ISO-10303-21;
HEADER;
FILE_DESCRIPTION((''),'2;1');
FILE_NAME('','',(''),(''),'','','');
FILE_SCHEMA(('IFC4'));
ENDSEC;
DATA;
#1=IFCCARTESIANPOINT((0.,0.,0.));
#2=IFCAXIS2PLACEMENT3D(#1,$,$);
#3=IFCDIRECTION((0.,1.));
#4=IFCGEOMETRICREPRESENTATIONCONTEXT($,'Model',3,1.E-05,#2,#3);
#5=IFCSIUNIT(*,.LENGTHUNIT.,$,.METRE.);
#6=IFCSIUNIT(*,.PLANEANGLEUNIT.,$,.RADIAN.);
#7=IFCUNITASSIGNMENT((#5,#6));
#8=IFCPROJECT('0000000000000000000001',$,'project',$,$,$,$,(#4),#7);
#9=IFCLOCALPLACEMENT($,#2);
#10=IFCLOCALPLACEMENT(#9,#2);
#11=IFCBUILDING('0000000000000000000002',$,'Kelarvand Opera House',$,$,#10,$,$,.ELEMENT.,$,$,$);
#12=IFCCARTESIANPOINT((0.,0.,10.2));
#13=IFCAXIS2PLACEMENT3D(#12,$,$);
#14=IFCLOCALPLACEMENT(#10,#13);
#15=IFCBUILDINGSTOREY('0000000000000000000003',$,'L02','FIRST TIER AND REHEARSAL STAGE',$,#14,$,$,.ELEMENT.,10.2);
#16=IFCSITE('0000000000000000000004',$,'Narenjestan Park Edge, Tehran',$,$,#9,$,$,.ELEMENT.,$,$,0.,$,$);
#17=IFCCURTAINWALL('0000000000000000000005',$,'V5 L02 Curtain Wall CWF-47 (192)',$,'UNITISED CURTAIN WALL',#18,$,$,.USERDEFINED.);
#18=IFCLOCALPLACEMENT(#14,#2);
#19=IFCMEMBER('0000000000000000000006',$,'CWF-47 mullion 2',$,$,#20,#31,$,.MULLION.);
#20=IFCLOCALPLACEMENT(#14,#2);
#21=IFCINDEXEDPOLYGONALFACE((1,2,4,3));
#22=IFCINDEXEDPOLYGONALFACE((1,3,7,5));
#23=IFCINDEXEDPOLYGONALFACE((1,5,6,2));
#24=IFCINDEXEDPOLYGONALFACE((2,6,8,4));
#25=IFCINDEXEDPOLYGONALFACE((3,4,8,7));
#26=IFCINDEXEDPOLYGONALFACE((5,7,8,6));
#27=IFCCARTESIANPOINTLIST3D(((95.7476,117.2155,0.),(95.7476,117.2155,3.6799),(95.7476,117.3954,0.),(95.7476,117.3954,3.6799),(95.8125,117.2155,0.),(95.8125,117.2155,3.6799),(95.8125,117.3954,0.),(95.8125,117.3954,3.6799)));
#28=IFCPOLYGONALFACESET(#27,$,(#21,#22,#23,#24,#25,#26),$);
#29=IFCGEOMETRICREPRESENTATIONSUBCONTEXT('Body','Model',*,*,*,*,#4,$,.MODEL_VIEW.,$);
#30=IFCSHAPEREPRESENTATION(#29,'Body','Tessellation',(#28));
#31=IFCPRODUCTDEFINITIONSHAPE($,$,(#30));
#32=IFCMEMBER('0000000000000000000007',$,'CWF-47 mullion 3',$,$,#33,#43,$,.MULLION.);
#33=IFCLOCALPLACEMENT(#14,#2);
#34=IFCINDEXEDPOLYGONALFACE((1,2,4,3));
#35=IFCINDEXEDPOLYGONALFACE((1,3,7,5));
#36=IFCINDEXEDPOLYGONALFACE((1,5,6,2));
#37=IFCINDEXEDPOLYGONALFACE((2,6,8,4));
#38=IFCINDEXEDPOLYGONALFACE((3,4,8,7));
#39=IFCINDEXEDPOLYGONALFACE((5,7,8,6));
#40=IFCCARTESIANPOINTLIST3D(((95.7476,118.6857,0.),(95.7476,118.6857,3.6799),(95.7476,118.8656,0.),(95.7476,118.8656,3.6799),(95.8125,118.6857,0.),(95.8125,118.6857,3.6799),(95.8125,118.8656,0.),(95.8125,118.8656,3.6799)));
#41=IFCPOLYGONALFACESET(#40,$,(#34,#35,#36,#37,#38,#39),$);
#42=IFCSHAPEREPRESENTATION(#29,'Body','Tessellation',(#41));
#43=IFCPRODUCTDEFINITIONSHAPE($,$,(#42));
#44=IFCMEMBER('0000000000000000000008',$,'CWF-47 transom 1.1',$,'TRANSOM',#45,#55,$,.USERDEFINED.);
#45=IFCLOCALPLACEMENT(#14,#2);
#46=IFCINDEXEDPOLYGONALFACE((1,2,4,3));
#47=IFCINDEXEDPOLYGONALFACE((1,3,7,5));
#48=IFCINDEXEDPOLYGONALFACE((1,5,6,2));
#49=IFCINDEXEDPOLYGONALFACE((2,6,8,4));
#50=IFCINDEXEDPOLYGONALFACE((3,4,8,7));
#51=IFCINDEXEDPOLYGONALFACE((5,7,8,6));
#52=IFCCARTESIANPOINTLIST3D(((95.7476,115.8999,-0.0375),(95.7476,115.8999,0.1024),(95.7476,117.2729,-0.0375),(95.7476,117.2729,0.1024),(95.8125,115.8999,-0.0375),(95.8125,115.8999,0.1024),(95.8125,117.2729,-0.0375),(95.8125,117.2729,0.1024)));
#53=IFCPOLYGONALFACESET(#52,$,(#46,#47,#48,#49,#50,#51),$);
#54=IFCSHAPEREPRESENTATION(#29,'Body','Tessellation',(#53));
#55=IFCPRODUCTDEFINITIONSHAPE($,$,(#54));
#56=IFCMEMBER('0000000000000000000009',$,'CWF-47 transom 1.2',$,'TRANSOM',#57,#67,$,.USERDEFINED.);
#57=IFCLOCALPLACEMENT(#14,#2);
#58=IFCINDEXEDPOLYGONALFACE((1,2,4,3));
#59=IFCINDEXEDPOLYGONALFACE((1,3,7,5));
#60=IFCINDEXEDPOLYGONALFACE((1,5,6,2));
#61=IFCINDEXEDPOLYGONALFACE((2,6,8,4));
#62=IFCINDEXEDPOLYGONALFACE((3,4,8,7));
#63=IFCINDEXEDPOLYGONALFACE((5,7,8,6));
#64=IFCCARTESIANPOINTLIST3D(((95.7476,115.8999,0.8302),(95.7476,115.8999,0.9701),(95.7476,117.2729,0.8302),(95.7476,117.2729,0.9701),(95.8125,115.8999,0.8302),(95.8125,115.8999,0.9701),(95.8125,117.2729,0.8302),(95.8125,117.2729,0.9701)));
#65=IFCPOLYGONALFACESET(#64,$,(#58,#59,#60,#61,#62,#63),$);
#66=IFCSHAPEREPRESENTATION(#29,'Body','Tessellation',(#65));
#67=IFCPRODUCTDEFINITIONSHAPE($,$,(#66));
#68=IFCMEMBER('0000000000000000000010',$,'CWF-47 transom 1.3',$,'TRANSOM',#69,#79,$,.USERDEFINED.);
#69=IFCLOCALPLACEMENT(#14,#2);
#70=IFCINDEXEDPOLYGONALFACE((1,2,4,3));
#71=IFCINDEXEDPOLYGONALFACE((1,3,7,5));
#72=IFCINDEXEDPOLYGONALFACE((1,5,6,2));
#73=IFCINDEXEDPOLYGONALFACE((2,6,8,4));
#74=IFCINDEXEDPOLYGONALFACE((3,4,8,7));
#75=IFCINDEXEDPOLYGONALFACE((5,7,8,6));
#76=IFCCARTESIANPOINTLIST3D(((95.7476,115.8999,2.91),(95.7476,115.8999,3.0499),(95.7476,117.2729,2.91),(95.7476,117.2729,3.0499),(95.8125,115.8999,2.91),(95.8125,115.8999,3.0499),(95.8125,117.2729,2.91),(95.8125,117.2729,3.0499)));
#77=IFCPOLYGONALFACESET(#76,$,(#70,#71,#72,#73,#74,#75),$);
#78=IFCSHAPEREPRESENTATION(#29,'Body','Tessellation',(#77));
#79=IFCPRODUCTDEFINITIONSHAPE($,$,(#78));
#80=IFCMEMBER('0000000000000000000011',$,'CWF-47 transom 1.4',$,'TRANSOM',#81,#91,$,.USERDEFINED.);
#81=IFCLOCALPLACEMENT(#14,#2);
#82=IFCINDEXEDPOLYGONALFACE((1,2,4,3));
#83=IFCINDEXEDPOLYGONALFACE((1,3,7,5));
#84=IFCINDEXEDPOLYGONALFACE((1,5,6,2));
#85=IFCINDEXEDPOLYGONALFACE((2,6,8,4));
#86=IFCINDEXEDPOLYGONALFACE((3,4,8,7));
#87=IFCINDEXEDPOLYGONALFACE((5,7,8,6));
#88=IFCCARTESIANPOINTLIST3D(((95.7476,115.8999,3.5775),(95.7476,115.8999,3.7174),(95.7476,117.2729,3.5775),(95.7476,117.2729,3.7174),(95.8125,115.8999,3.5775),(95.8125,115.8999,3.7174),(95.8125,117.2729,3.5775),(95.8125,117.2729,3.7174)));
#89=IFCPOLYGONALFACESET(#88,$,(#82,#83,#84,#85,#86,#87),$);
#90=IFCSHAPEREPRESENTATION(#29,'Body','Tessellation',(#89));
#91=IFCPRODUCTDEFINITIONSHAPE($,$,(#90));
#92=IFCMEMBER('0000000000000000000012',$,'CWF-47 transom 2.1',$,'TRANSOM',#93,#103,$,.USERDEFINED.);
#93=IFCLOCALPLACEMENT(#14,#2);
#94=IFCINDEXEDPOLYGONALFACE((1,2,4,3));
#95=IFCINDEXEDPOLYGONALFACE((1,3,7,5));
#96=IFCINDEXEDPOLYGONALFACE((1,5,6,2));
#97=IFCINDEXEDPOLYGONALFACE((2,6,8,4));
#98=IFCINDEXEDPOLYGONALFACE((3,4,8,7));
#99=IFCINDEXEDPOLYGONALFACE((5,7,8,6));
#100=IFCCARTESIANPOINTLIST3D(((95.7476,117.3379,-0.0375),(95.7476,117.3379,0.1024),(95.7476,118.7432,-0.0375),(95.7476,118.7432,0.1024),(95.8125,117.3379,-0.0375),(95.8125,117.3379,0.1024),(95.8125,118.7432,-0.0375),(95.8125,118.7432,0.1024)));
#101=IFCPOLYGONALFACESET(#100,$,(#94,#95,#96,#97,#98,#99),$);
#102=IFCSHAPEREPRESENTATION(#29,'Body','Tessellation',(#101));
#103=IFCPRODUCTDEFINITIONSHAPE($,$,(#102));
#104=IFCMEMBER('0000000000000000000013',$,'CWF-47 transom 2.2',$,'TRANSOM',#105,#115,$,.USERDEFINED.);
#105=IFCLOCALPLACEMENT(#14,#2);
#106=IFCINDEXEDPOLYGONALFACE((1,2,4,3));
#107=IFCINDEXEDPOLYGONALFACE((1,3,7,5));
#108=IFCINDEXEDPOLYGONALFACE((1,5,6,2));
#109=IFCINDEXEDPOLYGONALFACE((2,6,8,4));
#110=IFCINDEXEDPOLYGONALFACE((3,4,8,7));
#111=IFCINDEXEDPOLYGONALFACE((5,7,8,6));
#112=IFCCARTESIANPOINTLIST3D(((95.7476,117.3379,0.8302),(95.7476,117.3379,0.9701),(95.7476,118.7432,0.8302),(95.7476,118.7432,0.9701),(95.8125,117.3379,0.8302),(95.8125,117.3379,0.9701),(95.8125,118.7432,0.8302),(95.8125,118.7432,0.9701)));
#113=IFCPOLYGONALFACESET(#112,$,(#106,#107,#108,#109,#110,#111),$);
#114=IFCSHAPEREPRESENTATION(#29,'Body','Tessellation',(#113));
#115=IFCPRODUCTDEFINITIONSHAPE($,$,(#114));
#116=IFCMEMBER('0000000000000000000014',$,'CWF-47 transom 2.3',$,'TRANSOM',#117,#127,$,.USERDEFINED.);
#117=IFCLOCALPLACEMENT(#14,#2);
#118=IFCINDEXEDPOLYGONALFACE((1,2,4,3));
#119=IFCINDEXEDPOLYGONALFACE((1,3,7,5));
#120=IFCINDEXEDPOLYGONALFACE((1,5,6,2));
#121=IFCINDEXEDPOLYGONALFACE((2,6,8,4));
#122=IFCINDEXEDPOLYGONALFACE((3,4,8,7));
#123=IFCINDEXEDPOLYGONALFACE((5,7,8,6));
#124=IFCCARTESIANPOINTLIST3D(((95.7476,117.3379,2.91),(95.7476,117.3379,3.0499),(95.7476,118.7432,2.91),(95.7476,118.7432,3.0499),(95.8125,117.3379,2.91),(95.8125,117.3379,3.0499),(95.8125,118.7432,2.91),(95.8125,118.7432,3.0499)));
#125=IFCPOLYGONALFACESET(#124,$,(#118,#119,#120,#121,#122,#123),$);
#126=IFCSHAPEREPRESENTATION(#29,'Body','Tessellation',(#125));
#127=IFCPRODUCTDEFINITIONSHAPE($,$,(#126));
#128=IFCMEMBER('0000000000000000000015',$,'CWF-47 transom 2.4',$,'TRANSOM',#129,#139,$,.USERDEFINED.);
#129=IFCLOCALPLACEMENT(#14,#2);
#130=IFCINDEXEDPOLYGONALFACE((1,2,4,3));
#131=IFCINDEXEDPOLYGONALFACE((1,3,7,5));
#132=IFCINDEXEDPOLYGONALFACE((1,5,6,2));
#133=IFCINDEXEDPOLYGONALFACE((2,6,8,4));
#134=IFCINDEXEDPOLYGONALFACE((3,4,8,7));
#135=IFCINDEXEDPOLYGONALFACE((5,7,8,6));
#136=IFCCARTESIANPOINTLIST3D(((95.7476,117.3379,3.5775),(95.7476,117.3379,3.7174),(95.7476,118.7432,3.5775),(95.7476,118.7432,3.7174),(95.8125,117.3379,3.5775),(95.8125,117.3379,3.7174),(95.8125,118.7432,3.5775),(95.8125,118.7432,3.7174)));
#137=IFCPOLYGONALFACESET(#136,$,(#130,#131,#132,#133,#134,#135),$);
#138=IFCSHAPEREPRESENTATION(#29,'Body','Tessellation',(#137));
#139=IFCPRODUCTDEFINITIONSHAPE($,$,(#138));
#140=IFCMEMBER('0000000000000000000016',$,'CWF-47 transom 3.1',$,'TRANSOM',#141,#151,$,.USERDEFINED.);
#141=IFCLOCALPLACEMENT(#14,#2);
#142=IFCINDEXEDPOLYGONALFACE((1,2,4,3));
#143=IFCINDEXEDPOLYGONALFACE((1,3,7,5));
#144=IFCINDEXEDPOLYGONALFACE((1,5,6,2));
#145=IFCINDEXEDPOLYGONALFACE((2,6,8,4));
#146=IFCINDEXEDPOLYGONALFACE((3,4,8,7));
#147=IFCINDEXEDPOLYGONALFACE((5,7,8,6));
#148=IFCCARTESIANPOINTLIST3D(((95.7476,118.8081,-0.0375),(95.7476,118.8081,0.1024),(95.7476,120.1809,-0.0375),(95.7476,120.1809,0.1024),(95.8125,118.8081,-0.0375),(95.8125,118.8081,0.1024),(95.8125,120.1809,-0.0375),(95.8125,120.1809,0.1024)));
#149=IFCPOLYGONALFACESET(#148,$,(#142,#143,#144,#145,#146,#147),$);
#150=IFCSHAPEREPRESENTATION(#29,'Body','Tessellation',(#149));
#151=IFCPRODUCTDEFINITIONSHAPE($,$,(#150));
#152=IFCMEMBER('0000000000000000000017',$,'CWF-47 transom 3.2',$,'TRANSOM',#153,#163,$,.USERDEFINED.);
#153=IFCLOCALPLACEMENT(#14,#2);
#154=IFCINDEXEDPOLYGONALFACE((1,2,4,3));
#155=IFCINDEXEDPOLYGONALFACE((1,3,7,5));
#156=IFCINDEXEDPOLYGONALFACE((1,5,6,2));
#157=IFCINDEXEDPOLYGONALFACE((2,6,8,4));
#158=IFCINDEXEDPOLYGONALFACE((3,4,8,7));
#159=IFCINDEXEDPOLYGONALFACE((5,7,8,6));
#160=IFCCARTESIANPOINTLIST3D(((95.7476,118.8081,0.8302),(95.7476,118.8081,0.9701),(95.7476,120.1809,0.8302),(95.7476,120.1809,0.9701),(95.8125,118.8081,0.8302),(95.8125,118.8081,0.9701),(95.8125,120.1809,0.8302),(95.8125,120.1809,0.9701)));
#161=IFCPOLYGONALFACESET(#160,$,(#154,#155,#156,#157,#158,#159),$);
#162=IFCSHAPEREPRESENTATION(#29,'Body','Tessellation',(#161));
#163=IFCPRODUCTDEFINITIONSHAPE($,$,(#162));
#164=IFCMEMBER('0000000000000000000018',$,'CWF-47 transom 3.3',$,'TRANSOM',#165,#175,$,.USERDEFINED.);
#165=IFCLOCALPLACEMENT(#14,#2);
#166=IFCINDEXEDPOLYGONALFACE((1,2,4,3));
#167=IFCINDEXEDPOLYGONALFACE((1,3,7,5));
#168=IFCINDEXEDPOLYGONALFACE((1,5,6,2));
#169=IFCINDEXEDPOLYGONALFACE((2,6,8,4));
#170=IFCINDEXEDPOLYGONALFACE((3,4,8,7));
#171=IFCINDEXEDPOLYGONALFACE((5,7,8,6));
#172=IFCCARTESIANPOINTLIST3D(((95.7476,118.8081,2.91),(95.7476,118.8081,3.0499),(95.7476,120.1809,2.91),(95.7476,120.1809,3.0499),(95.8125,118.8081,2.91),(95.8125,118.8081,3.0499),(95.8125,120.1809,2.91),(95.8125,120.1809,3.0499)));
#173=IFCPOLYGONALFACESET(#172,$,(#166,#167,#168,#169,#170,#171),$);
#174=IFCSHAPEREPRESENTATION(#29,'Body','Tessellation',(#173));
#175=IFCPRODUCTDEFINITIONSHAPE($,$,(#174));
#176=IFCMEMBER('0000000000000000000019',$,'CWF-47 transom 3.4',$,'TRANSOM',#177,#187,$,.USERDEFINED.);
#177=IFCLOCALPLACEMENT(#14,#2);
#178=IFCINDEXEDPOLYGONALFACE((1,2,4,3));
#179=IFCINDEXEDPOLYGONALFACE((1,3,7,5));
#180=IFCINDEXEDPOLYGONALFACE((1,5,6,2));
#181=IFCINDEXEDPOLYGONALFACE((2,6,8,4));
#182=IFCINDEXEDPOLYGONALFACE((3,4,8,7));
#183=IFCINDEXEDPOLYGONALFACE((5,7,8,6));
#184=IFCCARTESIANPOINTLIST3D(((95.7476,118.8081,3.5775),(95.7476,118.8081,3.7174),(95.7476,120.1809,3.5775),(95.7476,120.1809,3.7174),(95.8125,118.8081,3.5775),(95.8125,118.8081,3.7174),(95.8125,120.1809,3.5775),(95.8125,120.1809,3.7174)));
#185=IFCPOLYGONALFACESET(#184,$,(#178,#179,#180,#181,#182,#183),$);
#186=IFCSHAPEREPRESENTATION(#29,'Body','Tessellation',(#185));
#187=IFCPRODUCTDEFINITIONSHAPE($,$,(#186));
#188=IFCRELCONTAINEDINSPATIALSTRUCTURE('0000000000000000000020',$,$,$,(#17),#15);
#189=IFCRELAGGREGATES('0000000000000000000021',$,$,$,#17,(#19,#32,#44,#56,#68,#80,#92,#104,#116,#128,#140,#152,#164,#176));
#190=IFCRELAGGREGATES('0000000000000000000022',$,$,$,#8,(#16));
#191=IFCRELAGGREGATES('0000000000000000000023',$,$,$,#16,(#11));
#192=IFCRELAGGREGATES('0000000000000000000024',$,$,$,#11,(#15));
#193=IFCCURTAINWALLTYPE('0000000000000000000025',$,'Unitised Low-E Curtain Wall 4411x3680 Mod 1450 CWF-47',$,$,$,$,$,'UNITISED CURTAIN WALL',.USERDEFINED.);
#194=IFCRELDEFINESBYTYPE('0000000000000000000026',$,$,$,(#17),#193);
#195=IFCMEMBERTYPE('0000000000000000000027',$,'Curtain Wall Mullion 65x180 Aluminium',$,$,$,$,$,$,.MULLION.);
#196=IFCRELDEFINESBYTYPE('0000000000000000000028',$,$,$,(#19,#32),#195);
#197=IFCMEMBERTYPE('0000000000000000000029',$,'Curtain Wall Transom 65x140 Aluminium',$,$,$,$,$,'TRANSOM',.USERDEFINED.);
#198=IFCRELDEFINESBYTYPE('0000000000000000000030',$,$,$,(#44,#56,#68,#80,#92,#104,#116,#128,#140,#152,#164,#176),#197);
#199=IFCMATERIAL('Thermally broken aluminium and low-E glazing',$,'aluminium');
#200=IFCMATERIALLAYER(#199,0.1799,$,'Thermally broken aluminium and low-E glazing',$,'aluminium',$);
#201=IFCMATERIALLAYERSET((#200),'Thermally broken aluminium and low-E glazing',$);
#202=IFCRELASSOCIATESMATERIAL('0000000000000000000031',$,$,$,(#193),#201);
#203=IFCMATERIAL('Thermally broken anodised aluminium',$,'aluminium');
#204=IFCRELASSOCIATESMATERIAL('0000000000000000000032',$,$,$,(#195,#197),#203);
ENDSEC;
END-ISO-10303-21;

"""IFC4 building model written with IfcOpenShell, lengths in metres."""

from ifc_helpers import new_model, si_unit, direction, frame, origin, origin_2d, place, context, subcontext, project, spatial, rectangle, extrude, material, layer, layer_set, material_profile, profile_set, type_object, element, aggregate, save


model = new_model("IFC4")

# Units and contexts
model_context = context("Model", 3, precision=1e-05, world=origin(), true_north=direction((0.0, 1.0)))
body_context = subcontext(model_context, "Body", "Model", "MODEL_VIEW")
ifc_project = project(units=[si_unit("LENGTHUNIT", "METRE"), si_unit("PLANEANGLEUNIT", "RADIAN")], contexts=[model_context])

# Site, building, storey
site_placement = place(None, origin())
site = spatial("IfcSite", under=ifc_project, at=site_placement, Name="Narenjestan Park Edge, Tehran", CompositionType="ELEMENT", RefElevation=0.0)
building_placement = place(site_placement, origin())
building = spatial("IfcBuilding", under=site, at=building_placement, Name="Kelarvand Opera House", CompositionType="ELEMENT")
storey_placement = place(building_placement, frame((0.0, 0.0, 10.2)))
storey = spatial("IfcBuildingStorey", under=building, at=storey_placement, Name="L02", Description="FIRST TIER AND REHEARSAL STAGE", CompositionType="ELEMENT", Elevation=10.2)

# Curtain wall, members
ifc_material_1 = material(Name="Thermally broken aluminium and low-E glazing", Category="aluminium")
ifc_layer_1 = layer(ifc_material_1, 0.1799, Name="Thermally broken aluminium and low-E glazing", Category="aluminium")
ifc_layer_set_1 = layer_set([ifc_layer_1], Name="Thermally broken aluminium and low-E glazing")
curtain_wall_type = type_object("IfcCurtainWallType", Name="Unitised Low-E Curtain Wall 4411x3680 Mod 1450 CWF-47", ElementType="UNITISED CURTAIN WALL", PredefinedType="USERDEFINED", material=ifc_layer_set_1)
curtain_wall_placement = place(storey_placement, origin())
curtain_wall = element("IfcCurtainWall", 1, at=curtain_wall_placement, inside=storey, type_object=curtain_wall_type, Name="V5 L02 Curtain Wall CWF-47 (192)", ObjectType="UNITISED CURTAIN WALL", PredefinedType="USERDEFINED")
ifc_material_2 = material(Name="Thermally broken anodised aluminium", Category="aluminium")
ifc_material_profile_1 = material_profile(ifc_material_2, rectangle(XDim=0.0649, YDim=0.1799, at=origin_2d()), Name="ALU MULLION 65x180", Category="aluminium")
ifc_profile_set_1 = profile_set([ifc_material_profile_1], Name="Thermally broken anodised aluminium")
member_type_1 = type_object("IfcMemberType", Name="Curtain Wall Mullion 65x180 Aluminium", PredefinedType="MULLION", material=ifc_profile_set_1)
member_1_placement = place(storey_placement, frame((95.78, 117.3054, 0.0), z_axis=(0.0, 0.0, 1.0), x_axis=(-1.0, 0.0, 0.0)))
member_1 = element("IfcMember", 2, at=member_1_placement, type_object=member_type_1, Name="CWF-47 mullion 2", PredefinedType="MULLION", context=body_context, shape_type="SweptSolid", body=[
    extrude(rectangle(XDim=0.0649, YDim=0.1799, at=origin_2d()), origin(), (0.0, 0.0, 1.0), 3.6799),
])
member_2_placement = place(storey_placement, frame((95.78, 118.7756, 0.0), z_axis=(0.0, 0.0, 1.0), x_axis=(-1.0, 0.0, 0.0)))
member_2 = element("IfcMember", 3, at=member_2_placement, type_object=member_type_1, Name="CWF-47 mullion 3", PredefinedType="MULLION", context=body_context, shape_type="SweptSolid", body=[
    extrude(rectangle(XDim=0.0649, YDim=0.1799, at=origin_2d()), origin(), (0.0, 0.0, 1.0), 3.6799),
])
ifc_material_profile_2 = material_profile(ifc_material_2, rectangle(XDim=0.0649, YDim=0.1399, at=origin_2d()), Name="ALU TRANSOM 65x140", Category="aluminium")
ifc_profile_set_2 = profile_set([ifc_material_profile_2], Name="Thermally broken anodised aluminium")
member_type_2 = type_object("IfcMemberType", Name="Curtain Wall Transom 65x140 Aluminium", ElementType="TRANSOM", PredefinedType="USERDEFINED", material=ifc_profile_set_2)
member_3_placement = place(storey_placement, frame((95.78, 115.8999, 0.0325), z_axis=(0.0, 1.0, 0.0), x_axis=(-1.0, 0.0, 0.0)))
member_3 = element("IfcMember", 4, at=member_3_placement, type_object=member_type_2, Name="CWF-47 transom 1.1", ObjectType="TRANSOM", PredefinedType="USERDEFINED", context=body_context, shape_type="SweptSolid", body=[
    extrude(rectangle(XDim=0.0649, YDim=0.1399, at=origin_2d()), origin(), (0.0, 0.0, 1.0), 1.373),
])
member_4_placement = place(storey_placement, frame((95.78, 115.8999, 0.9001), z_axis=(0.0, 1.0, 0.0), x_axis=(-1.0, 0.0, 0.0)))
member_4 = element("IfcMember", 5, at=member_4_placement, type_object=member_type_2, Name="CWF-47 transom 1.2", ObjectType="TRANSOM", PredefinedType="USERDEFINED", context=body_context, shape_type="SweptSolid", body=[
    extrude(rectangle(XDim=0.0649, YDim=0.1399, at=origin_2d()), origin(), (0.0, 0.0, 1.0), 1.373),
])
member_5_placement = place(storey_placement, frame((95.78, 115.8999, 2.98), z_axis=(0.0, 1.0, 0.0), x_axis=(-1.0, 0.0, 0.0)))
member_5 = element("IfcMember", 6, at=member_5_placement, type_object=member_type_2, Name="CWF-47 transom 1.3", ObjectType="TRANSOM", PredefinedType="USERDEFINED", context=body_context, shape_type="SweptSolid", body=[
    extrude(rectangle(XDim=0.0649, YDim=0.1399, at=origin_2d()), origin(), (0.0, 0.0, 1.0), 1.373),
])
member_6_placement = place(storey_placement, frame((95.78, 115.8999, 3.6475), z_axis=(0.0, 1.0, 0.0), x_axis=(-1.0, 0.0, 0.0)))
member_6 = element("IfcMember", 7, at=member_6_placement, type_object=member_type_2, Name="CWF-47 transom 1.4", ObjectType="TRANSOM", PredefinedType="USERDEFINED", context=body_context, shape_type="SweptSolid", body=[
    extrude(rectangle(XDim=0.0649, YDim=0.1399, at=origin_2d()), origin(), (0.0, 0.0, 1.0), 1.373),
])
member_7_placement = place(storey_placement, frame((95.78, 117.3379, 0.0325), z_axis=(0.0, 1.0, 0.0), x_axis=(-1.0, 0.0, 0.0)))
member_7 = element("IfcMember", 8, at=member_7_placement, type_object=member_type_2, Name="CWF-47 transom 2.1", ObjectType="TRANSOM", PredefinedType="USERDEFINED", context=body_context, shape_type="SweptSolid", body=[
    extrude(rectangle(XDim=0.0649, YDim=0.1399, at=origin_2d()), origin(), (0.0, 0.0, 1.0), 1.4053),
])
member_8_placement = place(storey_placement, frame((95.78, 117.3379, 0.9001), z_axis=(0.0, 1.0, 0.0), x_axis=(-1.0, 0.0, 0.0)))
member_8 = element("IfcMember", 9, at=member_8_placement, type_object=member_type_2, Name="CWF-47 transom 2.2", ObjectType="TRANSOM", PredefinedType="USERDEFINED", context=body_context, shape_type="SweptSolid", body=[
    extrude(rectangle(XDim=0.0649, YDim=0.1399, at=origin_2d()), origin(), (0.0, 0.0, 1.0), 1.4053),
])
member_9_placement = place(storey_placement, frame((95.78, 117.3379, 2.98), z_axis=(0.0, 1.0, 0.0), x_axis=(-1.0, 0.0, 0.0)))
member_9 = element("IfcMember", 10, at=member_9_placement, type_object=member_type_2, Name="CWF-47 transom 2.3", ObjectType="TRANSOM", PredefinedType="USERDEFINED", context=body_context, shape_type="SweptSolid", body=[
    extrude(rectangle(XDim=0.0649, YDim=0.1399, at=origin_2d()), origin(), (0.0, 0.0, 1.0), 1.4053),
])
member_10_placement = place(storey_placement, frame((95.78, 117.3379, 3.6475), z_axis=(0.0, 1.0, 0.0), x_axis=(-1.0, 0.0, 0.0)))
member_10 = element("IfcMember", 11, at=member_10_placement, type_object=member_type_2, Name="CWF-47 transom 2.4", ObjectType="TRANSOM", PredefinedType="USERDEFINED", context=body_context, shape_type="SweptSolid", body=[
    extrude(rectangle(XDim=0.0649, YDim=0.1399, at=origin_2d()), origin(), (0.0, 0.0, 1.0), 1.4053),
])
member_11_placement = place(storey_placement, frame((95.78, 118.8081, 0.0325), z_axis=(0.0, 1.0, 0.0), x_axis=(-1.0, 0.0, 0.0)))
member_11 = element("IfcMember", 12, at=member_11_placement, type_object=member_type_2, Name="CWF-47 transom 3.1", ObjectType="TRANSOM", PredefinedType="USERDEFINED", context=body_context, shape_type="SweptSolid", body=[
    extrude(rectangle(XDim=0.0649, YDim=0.1399, at=origin_2d()), origin(), (0.0, 0.0, 1.0), 1.3728),
])
member_12_placement = place(storey_placement, frame((95.78, 118.8081, 0.9001), z_axis=(0.0, 1.0, 0.0), x_axis=(-1.0, 0.0, 0.0)))
member_12 = element("IfcMember", 13, at=member_12_placement, type_object=member_type_2, Name="CWF-47 transom 3.2", ObjectType="TRANSOM", PredefinedType="USERDEFINED", context=body_context, shape_type="SweptSolid", body=[
    extrude(rectangle(XDim=0.0649, YDim=0.1399, at=origin_2d()), origin(), (0.0, 0.0, 1.0), 1.3728),
])
member_13_placement = place(storey_placement, frame((95.78, 118.8081, 2.98), z_axis=(0.0, 1.0, 0.0), x_axis=(-1.0, 0.0, 0.0)))
member_13 = element("IfcMember", 14, at=member_13_placement, type_object=member_type_2, Name="CWF-47 transom 3.3", ObjectType="TRANSOM", PredefinedType="USERDEFINED", context=body_context, shape_type="SweptSolid", body=[
    extrude(rectangle(XDim=0.0649, YDim=0.1399, at=origin_2d()), origin(), (0.0, 0.0, 1.0), 1.3728),
])
member_14_placement = place(storey_placement, frame((95.78, 118.8081, 3.6475), z_axis=(0.0, 1.0, 0.0), x_axis=(-1.0, 0.0, 0.0)))
member_14 = element("IfcMember", 15, at=member_14_placement, type_object=member_type_2, Name="CWF-47 transom 3.4", ObjectType="TRANSOM", PredefinedType="USERDEFINED", context=body_context, shape_type="SweptSolid", body=[
    extrude(rectangle(XDim=0.0649, YDim=0.1399, at=origin_2d()), origin(), (0.0, 0.0, 1.0), 1.3728),
])
aggregate(curtain_wall, [member_1, member_2, member_3, member_4, member_5, member_6, member_7, member_8, member_9, member_10, member_11, member_12, member_13, member_14])

save(model, "model.ifc")
